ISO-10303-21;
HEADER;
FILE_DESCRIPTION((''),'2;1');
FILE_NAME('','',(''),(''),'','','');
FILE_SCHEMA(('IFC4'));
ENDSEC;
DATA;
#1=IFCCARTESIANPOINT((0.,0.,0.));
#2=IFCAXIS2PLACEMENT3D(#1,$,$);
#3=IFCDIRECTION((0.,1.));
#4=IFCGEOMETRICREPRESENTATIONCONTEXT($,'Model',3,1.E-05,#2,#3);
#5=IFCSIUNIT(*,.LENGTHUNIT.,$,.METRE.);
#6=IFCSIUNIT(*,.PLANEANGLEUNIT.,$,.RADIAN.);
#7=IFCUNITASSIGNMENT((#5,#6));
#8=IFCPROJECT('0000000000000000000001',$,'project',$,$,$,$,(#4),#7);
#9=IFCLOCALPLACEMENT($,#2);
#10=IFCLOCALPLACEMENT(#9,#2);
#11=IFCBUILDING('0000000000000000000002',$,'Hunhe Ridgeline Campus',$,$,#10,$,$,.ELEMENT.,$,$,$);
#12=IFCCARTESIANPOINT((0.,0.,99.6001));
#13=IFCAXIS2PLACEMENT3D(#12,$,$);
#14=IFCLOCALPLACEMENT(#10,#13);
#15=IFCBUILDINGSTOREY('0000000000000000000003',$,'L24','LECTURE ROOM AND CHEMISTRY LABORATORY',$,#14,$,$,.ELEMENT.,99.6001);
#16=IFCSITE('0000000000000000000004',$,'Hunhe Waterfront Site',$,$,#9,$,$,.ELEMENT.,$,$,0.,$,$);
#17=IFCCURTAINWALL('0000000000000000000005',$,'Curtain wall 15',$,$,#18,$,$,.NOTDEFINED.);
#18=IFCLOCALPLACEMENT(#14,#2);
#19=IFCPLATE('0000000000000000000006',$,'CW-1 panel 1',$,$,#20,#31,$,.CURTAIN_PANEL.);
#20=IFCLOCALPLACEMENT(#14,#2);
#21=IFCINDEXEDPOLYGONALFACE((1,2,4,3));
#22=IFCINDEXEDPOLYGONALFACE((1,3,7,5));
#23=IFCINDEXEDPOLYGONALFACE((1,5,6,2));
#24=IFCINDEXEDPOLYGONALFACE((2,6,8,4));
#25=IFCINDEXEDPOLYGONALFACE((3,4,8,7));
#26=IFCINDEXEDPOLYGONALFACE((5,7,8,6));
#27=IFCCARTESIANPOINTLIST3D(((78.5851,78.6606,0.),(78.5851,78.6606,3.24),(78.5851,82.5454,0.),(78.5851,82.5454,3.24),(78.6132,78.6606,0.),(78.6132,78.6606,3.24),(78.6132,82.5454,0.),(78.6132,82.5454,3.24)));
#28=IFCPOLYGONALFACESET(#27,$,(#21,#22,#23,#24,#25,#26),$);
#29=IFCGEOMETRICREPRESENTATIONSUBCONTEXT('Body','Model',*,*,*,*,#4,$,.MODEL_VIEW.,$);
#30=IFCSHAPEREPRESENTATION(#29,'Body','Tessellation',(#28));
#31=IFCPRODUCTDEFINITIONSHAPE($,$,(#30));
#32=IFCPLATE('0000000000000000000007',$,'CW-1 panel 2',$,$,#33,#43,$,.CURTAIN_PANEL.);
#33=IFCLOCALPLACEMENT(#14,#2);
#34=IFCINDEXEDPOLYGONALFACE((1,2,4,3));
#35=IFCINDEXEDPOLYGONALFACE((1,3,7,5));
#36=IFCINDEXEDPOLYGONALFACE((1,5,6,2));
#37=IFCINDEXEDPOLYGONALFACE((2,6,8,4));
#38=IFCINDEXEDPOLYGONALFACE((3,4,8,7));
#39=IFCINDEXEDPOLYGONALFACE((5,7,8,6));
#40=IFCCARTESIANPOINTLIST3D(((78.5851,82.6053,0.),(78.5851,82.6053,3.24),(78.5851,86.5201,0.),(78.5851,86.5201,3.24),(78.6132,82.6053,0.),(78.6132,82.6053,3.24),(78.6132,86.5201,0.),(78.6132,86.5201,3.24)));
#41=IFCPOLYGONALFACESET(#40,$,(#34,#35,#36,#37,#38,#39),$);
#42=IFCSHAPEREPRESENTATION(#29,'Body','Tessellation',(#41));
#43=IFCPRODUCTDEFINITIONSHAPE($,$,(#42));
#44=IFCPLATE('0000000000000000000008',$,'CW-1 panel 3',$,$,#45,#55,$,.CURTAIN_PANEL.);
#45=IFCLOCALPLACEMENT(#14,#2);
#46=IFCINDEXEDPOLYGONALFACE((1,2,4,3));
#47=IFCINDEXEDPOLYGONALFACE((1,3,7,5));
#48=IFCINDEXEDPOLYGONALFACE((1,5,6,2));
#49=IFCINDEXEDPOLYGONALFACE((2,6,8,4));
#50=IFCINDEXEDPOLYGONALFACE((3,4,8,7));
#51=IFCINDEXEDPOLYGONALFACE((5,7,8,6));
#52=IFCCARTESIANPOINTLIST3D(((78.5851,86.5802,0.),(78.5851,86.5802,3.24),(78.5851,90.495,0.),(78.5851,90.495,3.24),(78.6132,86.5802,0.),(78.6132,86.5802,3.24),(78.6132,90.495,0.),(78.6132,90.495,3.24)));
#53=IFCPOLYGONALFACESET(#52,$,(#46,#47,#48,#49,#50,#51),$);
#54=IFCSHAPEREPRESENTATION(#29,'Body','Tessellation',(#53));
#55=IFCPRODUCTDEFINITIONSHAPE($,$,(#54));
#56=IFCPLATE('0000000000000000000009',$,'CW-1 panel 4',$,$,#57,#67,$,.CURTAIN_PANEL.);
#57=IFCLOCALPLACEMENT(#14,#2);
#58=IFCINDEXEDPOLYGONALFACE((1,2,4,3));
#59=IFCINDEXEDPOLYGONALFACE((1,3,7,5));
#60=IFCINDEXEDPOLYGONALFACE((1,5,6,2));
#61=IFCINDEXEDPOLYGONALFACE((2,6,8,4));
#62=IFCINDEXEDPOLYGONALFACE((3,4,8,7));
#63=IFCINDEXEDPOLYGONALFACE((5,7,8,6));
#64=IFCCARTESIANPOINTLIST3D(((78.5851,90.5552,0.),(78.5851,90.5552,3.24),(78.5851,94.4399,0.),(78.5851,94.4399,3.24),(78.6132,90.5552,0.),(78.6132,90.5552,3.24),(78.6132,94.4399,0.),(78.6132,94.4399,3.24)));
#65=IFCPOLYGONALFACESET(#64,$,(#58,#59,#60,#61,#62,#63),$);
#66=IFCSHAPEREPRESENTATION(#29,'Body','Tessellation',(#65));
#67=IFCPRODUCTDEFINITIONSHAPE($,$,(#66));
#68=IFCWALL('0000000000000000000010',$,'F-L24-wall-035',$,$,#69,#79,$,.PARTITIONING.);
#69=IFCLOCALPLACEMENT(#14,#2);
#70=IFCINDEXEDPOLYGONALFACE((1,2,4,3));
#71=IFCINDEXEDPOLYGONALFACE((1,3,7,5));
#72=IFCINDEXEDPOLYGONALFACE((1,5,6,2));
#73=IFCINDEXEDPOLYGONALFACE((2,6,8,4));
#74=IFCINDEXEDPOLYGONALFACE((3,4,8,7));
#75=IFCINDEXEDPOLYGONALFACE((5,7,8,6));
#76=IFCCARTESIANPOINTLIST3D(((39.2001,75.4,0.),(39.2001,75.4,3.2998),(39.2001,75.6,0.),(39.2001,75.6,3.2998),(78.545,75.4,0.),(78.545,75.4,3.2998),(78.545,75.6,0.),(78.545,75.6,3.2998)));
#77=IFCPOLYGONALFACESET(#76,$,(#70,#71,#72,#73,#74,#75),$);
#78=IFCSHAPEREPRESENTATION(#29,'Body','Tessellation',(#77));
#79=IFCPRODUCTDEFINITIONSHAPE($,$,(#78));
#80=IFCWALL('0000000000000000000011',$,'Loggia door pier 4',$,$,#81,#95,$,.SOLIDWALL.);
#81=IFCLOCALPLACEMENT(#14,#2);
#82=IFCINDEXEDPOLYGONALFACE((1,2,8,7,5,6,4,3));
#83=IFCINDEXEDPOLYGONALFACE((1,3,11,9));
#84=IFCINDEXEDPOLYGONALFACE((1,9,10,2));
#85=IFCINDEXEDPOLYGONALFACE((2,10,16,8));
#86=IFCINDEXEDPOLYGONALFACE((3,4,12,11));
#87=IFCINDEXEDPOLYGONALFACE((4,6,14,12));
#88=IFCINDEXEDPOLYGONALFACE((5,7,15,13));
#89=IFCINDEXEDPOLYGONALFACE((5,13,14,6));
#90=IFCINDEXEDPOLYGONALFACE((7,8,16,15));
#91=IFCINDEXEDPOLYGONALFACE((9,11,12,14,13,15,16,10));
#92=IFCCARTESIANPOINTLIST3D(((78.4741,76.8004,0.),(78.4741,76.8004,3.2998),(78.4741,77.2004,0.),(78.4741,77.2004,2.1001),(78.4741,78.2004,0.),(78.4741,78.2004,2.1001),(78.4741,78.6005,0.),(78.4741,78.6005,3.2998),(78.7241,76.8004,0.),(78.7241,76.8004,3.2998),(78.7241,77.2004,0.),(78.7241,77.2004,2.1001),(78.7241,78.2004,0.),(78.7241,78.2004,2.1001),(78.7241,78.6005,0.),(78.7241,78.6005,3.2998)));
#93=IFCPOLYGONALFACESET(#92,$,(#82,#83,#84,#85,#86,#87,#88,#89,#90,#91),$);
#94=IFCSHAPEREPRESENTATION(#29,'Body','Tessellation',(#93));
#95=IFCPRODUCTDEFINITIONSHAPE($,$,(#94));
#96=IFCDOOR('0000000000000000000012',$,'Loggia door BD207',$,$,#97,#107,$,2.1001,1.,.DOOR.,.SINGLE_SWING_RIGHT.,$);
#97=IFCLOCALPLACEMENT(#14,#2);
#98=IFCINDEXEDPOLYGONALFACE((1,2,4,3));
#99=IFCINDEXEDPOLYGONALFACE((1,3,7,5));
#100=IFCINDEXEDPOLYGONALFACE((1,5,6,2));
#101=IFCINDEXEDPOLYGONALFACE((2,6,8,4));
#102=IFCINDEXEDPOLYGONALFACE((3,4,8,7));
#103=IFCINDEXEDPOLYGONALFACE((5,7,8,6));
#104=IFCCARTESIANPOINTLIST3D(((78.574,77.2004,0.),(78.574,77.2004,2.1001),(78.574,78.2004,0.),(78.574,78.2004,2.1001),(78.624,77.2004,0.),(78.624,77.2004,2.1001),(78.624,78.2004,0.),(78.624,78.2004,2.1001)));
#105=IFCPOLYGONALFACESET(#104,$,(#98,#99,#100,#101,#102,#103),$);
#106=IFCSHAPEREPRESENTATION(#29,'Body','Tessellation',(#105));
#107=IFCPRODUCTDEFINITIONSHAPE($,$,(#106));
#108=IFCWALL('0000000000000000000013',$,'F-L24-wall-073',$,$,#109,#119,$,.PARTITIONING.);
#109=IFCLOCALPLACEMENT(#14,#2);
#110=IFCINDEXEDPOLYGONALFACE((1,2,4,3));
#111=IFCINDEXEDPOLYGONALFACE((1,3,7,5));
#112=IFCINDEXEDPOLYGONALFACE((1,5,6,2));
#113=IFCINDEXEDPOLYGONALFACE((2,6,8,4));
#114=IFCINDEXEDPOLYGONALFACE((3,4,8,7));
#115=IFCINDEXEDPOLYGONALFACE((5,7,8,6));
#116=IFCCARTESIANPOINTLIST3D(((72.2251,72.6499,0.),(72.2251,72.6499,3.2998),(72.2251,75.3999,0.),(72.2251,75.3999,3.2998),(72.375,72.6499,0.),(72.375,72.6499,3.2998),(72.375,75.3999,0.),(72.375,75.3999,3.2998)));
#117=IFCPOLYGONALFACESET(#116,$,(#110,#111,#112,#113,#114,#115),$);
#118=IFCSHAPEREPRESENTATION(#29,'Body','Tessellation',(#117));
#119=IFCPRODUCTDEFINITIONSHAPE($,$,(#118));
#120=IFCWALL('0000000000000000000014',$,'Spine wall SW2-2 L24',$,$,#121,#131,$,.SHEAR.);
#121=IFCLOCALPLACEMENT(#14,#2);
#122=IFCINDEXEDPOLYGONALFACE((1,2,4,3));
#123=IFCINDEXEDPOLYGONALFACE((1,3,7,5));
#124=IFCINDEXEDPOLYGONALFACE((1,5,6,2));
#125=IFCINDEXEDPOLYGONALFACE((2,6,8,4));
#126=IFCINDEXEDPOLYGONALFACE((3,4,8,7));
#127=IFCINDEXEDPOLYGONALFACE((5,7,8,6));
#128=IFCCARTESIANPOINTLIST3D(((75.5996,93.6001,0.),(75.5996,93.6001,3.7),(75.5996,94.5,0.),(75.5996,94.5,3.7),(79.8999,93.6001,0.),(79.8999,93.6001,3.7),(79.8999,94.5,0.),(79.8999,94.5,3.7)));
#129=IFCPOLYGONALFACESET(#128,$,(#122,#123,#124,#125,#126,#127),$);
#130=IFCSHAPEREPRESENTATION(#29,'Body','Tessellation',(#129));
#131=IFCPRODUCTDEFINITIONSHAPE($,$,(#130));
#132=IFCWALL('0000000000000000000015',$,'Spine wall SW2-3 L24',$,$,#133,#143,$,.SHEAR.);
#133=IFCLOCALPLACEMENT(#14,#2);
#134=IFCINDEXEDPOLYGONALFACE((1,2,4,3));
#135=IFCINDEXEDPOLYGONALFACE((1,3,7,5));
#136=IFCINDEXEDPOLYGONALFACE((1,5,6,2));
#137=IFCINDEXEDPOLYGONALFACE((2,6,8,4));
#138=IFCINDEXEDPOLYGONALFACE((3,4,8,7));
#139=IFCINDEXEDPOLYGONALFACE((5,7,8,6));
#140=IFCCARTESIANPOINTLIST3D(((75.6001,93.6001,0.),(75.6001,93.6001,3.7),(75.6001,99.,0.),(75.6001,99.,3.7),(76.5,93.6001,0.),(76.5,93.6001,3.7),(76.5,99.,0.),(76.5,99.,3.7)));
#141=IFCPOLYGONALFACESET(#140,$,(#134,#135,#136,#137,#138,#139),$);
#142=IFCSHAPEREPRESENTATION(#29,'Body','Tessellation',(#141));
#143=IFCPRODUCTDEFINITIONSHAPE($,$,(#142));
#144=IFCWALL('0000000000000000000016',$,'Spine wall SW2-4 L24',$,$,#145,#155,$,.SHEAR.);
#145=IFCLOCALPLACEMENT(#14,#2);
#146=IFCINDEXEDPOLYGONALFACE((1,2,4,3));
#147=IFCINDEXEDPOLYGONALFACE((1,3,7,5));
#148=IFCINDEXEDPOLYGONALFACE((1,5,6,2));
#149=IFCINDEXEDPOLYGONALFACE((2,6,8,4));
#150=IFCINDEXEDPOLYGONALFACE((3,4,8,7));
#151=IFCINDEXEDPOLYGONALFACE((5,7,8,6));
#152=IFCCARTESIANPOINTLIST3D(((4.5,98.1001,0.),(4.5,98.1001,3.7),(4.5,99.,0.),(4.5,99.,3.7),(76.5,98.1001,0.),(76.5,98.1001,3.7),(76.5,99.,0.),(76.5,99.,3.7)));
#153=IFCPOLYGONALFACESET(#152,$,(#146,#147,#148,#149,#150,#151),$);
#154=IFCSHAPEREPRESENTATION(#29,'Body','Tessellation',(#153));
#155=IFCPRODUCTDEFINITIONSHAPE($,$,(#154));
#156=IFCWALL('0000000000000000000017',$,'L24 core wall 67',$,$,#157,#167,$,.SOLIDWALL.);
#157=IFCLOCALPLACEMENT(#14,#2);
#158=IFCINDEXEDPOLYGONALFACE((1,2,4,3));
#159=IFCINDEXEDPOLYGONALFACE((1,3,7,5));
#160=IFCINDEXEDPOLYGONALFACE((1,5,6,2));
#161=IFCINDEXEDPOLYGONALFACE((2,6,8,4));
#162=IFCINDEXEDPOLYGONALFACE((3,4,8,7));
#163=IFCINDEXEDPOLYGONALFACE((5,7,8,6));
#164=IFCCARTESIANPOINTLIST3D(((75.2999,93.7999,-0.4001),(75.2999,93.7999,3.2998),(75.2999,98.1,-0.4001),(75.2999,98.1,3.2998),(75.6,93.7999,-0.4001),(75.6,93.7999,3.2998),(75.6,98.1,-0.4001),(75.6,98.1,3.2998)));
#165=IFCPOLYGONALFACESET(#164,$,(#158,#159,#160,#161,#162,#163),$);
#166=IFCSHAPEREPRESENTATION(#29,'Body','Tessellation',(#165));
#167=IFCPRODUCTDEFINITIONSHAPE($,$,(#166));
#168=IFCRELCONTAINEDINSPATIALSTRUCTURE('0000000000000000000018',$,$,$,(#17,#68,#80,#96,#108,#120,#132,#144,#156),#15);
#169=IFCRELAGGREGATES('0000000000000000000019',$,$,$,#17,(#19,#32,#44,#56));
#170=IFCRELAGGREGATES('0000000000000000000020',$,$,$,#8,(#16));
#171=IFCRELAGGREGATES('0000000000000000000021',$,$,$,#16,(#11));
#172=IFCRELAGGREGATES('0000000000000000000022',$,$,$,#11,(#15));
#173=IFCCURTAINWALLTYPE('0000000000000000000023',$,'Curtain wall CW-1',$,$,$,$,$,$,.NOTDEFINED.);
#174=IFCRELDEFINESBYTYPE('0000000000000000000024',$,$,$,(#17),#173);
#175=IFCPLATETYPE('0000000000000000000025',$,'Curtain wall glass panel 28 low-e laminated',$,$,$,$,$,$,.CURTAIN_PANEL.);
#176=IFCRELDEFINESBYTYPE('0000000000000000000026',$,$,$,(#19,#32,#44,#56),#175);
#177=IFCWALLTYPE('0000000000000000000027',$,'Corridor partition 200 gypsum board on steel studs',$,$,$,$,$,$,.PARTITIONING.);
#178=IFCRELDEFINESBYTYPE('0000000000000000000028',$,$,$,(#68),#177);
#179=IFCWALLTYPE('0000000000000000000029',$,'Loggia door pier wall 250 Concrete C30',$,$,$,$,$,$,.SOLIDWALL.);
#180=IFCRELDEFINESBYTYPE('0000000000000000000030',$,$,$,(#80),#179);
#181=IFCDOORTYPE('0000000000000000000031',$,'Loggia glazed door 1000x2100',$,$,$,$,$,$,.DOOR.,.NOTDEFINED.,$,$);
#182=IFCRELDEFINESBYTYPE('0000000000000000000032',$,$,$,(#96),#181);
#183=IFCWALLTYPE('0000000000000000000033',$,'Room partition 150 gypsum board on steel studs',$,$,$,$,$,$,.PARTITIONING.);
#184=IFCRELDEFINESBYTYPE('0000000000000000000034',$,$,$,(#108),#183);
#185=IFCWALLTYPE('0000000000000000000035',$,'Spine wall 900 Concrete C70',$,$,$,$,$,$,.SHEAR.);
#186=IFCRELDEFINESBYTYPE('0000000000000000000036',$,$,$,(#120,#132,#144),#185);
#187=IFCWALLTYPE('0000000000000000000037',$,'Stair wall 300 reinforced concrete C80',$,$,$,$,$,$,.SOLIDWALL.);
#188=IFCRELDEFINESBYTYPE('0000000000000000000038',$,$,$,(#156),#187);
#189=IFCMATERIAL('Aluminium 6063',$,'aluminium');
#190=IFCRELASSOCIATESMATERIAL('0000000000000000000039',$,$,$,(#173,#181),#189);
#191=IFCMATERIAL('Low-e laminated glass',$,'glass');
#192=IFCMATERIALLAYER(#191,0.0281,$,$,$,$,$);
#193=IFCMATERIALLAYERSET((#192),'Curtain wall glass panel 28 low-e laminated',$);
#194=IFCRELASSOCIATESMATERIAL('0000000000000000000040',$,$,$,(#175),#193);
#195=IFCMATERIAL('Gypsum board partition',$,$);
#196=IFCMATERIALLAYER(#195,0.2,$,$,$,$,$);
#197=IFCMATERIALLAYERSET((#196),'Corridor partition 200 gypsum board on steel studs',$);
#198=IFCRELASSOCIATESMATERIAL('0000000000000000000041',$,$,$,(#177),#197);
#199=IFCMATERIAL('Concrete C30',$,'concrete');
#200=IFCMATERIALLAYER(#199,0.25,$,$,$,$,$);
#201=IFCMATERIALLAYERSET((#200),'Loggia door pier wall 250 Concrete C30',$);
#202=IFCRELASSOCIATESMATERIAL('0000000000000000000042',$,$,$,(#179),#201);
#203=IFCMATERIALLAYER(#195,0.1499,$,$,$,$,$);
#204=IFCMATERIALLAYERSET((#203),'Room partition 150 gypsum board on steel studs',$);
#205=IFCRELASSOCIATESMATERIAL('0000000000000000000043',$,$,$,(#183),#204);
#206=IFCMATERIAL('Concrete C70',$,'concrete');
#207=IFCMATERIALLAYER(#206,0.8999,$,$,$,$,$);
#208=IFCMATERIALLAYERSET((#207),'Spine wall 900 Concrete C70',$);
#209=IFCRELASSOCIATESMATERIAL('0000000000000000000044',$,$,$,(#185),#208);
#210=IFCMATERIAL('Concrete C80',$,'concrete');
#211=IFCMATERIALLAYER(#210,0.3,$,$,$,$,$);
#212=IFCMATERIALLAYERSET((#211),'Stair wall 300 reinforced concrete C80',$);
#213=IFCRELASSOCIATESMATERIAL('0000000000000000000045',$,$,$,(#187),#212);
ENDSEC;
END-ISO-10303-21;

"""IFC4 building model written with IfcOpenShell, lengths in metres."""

from ifc_helpers import new_model, si_unit, direction, frame, frame_2d, origin, origin_2d, place, context, subcontext, project, spatial, rectangle, extrude, material, layer, layer_set, type_object, element, fill, aggregate, save


model = new_model("IFC4")

# Units and contexts
model_context = context("Model", 3, precision=1e-05, world=origin(), true_north=direction((0.0, 1.0)))
body_context = subcontext(model_context, "Body", "Model", "MODEL_VIEW")
ifc_project = project(units=[si_unit("LENGTHUNIT", "METRE"), si_unit("PLANEANGLEUNIT", "RADIAN")], contexts=[model_context])

# Site, building, storey
site_placement = place(None, origin())
site = spatial("IfcSite", under=ifc_project, at=site_placement, Name="Hunhe Waterfront Site", CompositionType="ELEMENT", RefElevation=0.0)
building_placement = place(site_placement, origin())
building = spatial("IfcBuilding", under=site, at=building_placement, Name="Hunhe Ridgeline Campus", CompositionType="ELEMENT")
storey_placement = place(building_placement, frame((0.0, 0.0, 99.6001)))
storey = spatial("IfcBuildingStorey", under=building, at=storey_placement, Name="L24", Description="LECTURE ROOM AND CHEMISTRY LABORATORY", CompositionType="ELEMENT", Elevation=99.6001)

# Shared definitions
ifc_material_1 = material(Name="Concrete C70", Category="concrete")

# Shared definitions
ifc_material_2 = material(Name="Aluminium 6063", Category="aluminium")
curtain_wall_type = type_object("IfcCurtainWallType", Name="Curtain wall CW-1", PredefinedType="NOTDEFINED", material=ifc_material_2)

# Curtain wall
curtain_wall_1_placement = place(storey_placement, origin())
curtain_wall_1 = element("IfcCurtainWall", 1, at=curtain_wall_1_placement, inside=storey, type_object=curtain_wall_type, Name="Curtain wall 15", PredefinedType="NOTDEFINED")

# Plates
ifc_material_3 = material(Name="Low-e laminated glass", Category="glass")
ifc_layer_1 = layer(ifc_material_3, 0.0281)
ifc_layer_set_1 = layer_set([ifc_layer_1], Name="Curtain wall glass panel 28 low-e laminated")
plate_type = type_object("IfcPlateType", Name="Curtain wall glass panel 28 low-e laminated", PredefinedType="CURTAIN_PANEL", material=ifc_layer_set_1)
plate_1_placement = place(storey_placement, frame((78.5991, 80.603, 0.0), z_axis=(0.0, 0.0, 1.0), x_axis=(0.0, 1.0, 0.0)))
plate_1 = element("IfcPlate", 2, at=plate_1_placement, type_object=plate_type, Name="CW-1 panel 1", PredefinedType="CURTAIN_PANEL", context=body_context, shape_type="SweptSolid", body=[
    extrude(rectangle(XDim=3.8848, YDim=0.0281, at=origin_2d()), origin(), (0.0, 0.0, 1.0), 3.24),
])
plate_2_placement = place(storey_placement, frame((78.5991, 84.5627, 0.0), z_axis=(0.0, 0.0, 1.0), x_axis=(0.0, 1.0, 0.0)))
plate_2 = element("IfcPlate", 3, at=plate_2_placement, type_object=plate_type, Name="CW-1 panel 2", PredefinedType="CURTAIN_PANEL", context=body_context, shape_type="SweptSolid", body=[
    extrude(rectangle(XDim=3.9148, YDim=0.0281, at=origin_2d()), origin(), (0.0, 0.0, 1.0), 3.24),
])
plate_3_placement = place(storey_placement, frame((78.5991, 88.5376, 0.0), z_axis=(0.0, 0.0, 1.0), x_axis=(0.0, 1.0, 0.0)))
plate_3 = element("IfcPlate", 4, at=plate_3_placement, type_object=plate_type, Name="CW-1 panel 3", PredefinedType="CURTAIN_PANEL", context=body_context, shape_type="SweptSolid", body=[
    extrude(rectangle(XDim=3.9148, YDim=0.0281, at=origin_2d()), origin(), (0.0, 0.0, 1.0), 3.24),
])
plate_4_placement = place(storey_placement, frame((78.5991, 92.4976, 0.0), z_axis=(0.0, 0.0, 1.0), x_axis=(0.0, 1.0, 0.0)))
plate_4 = element("IfcPlate", 5, at=plate_4_placement, type_object=plate_type, Name="CW-1 panel 4", PredefinedType="CURTAIN_PANEL", context=body_context, shape_type="SweptSolid", body=[
    extrude(rectangle(XDim=3.8848, YDim=0.0281, at=origin_2d()), origin(), (0.0, 0.0, 1.0), 3.24),
])
aggregate(curtain_wall_1, [plate_1, plate_2, plate_3, plate_4])

# Wall
ifc_material_4 = material(Name="Gypsum board partition")
ifc_layer_2 = layer(ifc_material_4, 0.2)
ifc_layer_set_2 = layer_set([ifc_layer_2], Name="Corridor partition 200 gypsum board on steel studs")
wall_type_1 = type_object("IfcWallType", Name="Corridor partition 200 gypsum board on steel studs", PredefinedType="PARTITIONING", material=ifc_layer_set_2)
wall_1_placement = place(storey_placement, frame((78.5449, 75.5, 0.0), z_axis=(0.0, 0.0, 1.0), x_axis=(-1.0, 0.0, 0.0)))
element("IfcWall", 6, at=wall_1_placement, inside=storey, type_object=wall_type_1, Name="F-L24-wall-035", PredefinedType="PARTITIONING", context=body_context, shape_type="SweptSolid", body=[
    extrude(rectangle(XDim=39.345, YDim=0.2, at=frame_2d((19.6724, 0.0))), origin(), (0.0, 0.0, 1.0), 3.2998),
])

# Wall, opening, door
ifc_material_5 = material(Name="Concrete C30", Category="concrete")
ifc_layer_3 = layer(ifc_material_5, 0.25)
ifc_layer_set_3 = layer_set([ifc_layer_3], Name="Loggia door pier wall 250 Concrete C30")
wall_type_2 = type_object("IfcWallType", Name="Loggia door pier wall 250 Concrete C30", PredefinedType="SOLIDWALL", material=ifc_layer_set_3)
wall_2_placement = place(storey_placement, frame((78.5991, 76.8005, 0.0), z_axis=(0.0, 0.0, 1.0), x_axis=(0.0, 1.0, 0.0)))
wall_2 = element("IfcWall", 7, at=wall_2_placement, inside=storey, type_object=wall_type_2, Name="Loggia door pier 4", PredefinedType="SOLIDWALL", context=body_context, shape_type="SweptSolid", body=[
    extrude(rectangle(XDim=1.8, YDim=0.25, at=frame_2d((0.8999, 0.0))), origin(), (0.0, 0.0, 1.0), 3.2998),
])
opening_placement = place(wall_2_placement, frame((0.3999, 0.0, 0.0)))
opening = element("IfcOpeningElement", 8, at=opening_placement, cuts=wall_2, PredefinedType="OPENING", context=body_context, shape_type="SweptSolid", body=[
    extrude(rectangle(XDim=1.0, YDim=2.1001, at=frame_2d((0.5, 1.05))), frame((0.0, 0.125, 0.0), z_axis=(0.0, -1.0, 0.0), x_axis=(1.0, 0.0, 0.0)), (0.0, 0.0, 1.0), 0.25),
])
door_type = type_object("IfcDoorType", Name="Loggia glazed door 1000x2100", OperationType="NOTDEFINED", PredefinedType="DOOR", material=ifc_material_2)
door_placement = place(opening_placement, frame((1.0, 0.0, 0.0), z_axis=(0.0, 0.0, 1.0), x_axis=(-1.0, 0.0, 0.0)))
door = element("IfcDoor", 9, at=door_placement, inside=storey, type_object=door_type, Name="Loggia door BD207", OperationType="SINGLE_SWING_RIGHT", OverallHeight=2.1001, OverallWidth=1.0, PredefinedType="DOOR", context=body_context, shape_type="SweptSolid", body=[
    extrude(rectangle(XDim=1.0, YDim=2.1001, at=frame_2d((0.5, 1.05))), frame((0.0, 0.0249, 0.0), z_axis=(0.0, -1.0, 0.0), x_axis=(1.0, 0.0, 0.0)), (0.0, 0.0, 1.0), 0.05),
])
fill(opening, door)

# Walls
ifc_layer_4 = layer(ifc_material_4, 0.1499)
ifc_layer_set_4 = layer_set([ifc_layer_4], Name="Room partition 150 gypsum board on steel studs")
wall_type_3 = type_object("IfcWallType", Name="Room partition 150 gypsum board on steel studs", PredefinedType="PARTITIONING", material=ifc_layer_set_4)
wall_3_placement = place(storey_placement, frame((72.3, 75.3999, 0.0), z_axis=(0.0, 0.0, 1.0), x_axis=(0.0, -1.0, 0.0)))
element("IfcWall", 10, at=wall_3_placement, inside=storey, type_object=wall_type_3, Name="F-L24-wall-073", PredefinedType="PARTITIONING", context=body_context, shape_type="SweptSolid", body=[
    extrude(rectangle(XDim=2.75, YDim=0.1499, at=frame_2d((1.375, 0.0))), origin(), (0.0, 0.0, 1.0), 3.2998),
])
ifc_layer_5 = layer(ifc_material_1, 0.8999)
ifc_layer_set_5 = layer_set([ifc_layer_5], Name="Spine wall 900 Concrete C70")
wall_type_4 = type_object("IfcWallType", Name="Spine wall 900 Concrete C70", PredefinedType="SHEAR", material=ifc_layer_set_5)
wall_4_placement = place(storey_placement, frame((79.8999, 94.05, 0.0), z_axis=(0.0, 0.0, 1.0), x_axis=(-1.0, 0.0, 0.0)))
element("IfcWall", 11, at=wall_4_placement, inside=storey, type_object=wall_type_4, Name="Spine wall SW2-2 L24", PredefinedType="SHEAR", context=body_context, shape_type="SweptSolid", body=[
    extrude(rectangle(XDim=4.3003, YDim=0.8999, at=frame_2d((2.1501, 0.0))), origin(), (0.0, 0.0, 1.0), 3.7),
])
wall_5_placement = place(storey_placement, frame((76.05, 93.6001, 0.0), z_axis=(0.0, 0.0, 1.0), x_axis=(0.0, 1.0, 0.0)))
element("IfcWall", 12, at=wall_5_placement, inside=storey, type_object=wall_type_4, Name="Spine wall SW2-3 L24", PredefinedType="SHEAR", context=body_context, shape_type="SweptSolid", body=[
    extrude(rectangle(XDim=5.3999, YDim=0.8999, at=frame_2d((2.7, 0.0))), origin(), (0.0, 0.0, 1.0), 3.7),
])
wall_6_placement = place(storey_placement, frame((76.5, 98.55, 0.0), z_axis=(0.0, 0.0, 1.0), x_axis=(-1.0, 0.0, 0.0)))
element("IfcWall", 13, at=wall_6_placement, inside=storey, type_object=wall_type_4, Name="Spine wall SW2-4 L24", PredefinedType="SHEAR", context=body_context, shape_type="SweptSolid", body=[
    extrude(rectangle(XDim=72.0, YDim=0.8999, at=frame_2d((36.0, 0.0))), origin(), (0.0, 0.0, 1.0), 3.7),
])
ifc_material_6 = material(Name="Concrete C80", Category="concrete")
ifc_layer_6 = layer(ifc_material_6, 0.3)
ifc_layer_set_6 = layer_set([ifc_layer_6], Name="Stair wall 300 reinforced concrete C80")
wall_type_5 = type_object("IfcWallType", Name="Stair wall 300 reinforced concrete C80", PredefinedType="SOLIDWALL", material=ifc_layer_set_6)
wall_7_placement = place(storey_placement, frame((75.45, 93.8, -0.4001), z_axis=(0.0, 0.0, 1.0), x_axis=(0.0, 1.0, 0.0)))
element("IfcWall", 14, at=wall_7_placement, inside=storey, type_object=wall_type_5, Name="L24 core wall 67", PredefinedType="SOLIDWALL", context=body_context, shape_type="SweptSolid", body=[
    extrude(rectangle(XDim=4.3, YDim=0.3, at=frame_2d((2.1499, 0.0))), origin(), (0.0, 0.0, 1.0), 3.7),
])

save(model, "model.ifc")
